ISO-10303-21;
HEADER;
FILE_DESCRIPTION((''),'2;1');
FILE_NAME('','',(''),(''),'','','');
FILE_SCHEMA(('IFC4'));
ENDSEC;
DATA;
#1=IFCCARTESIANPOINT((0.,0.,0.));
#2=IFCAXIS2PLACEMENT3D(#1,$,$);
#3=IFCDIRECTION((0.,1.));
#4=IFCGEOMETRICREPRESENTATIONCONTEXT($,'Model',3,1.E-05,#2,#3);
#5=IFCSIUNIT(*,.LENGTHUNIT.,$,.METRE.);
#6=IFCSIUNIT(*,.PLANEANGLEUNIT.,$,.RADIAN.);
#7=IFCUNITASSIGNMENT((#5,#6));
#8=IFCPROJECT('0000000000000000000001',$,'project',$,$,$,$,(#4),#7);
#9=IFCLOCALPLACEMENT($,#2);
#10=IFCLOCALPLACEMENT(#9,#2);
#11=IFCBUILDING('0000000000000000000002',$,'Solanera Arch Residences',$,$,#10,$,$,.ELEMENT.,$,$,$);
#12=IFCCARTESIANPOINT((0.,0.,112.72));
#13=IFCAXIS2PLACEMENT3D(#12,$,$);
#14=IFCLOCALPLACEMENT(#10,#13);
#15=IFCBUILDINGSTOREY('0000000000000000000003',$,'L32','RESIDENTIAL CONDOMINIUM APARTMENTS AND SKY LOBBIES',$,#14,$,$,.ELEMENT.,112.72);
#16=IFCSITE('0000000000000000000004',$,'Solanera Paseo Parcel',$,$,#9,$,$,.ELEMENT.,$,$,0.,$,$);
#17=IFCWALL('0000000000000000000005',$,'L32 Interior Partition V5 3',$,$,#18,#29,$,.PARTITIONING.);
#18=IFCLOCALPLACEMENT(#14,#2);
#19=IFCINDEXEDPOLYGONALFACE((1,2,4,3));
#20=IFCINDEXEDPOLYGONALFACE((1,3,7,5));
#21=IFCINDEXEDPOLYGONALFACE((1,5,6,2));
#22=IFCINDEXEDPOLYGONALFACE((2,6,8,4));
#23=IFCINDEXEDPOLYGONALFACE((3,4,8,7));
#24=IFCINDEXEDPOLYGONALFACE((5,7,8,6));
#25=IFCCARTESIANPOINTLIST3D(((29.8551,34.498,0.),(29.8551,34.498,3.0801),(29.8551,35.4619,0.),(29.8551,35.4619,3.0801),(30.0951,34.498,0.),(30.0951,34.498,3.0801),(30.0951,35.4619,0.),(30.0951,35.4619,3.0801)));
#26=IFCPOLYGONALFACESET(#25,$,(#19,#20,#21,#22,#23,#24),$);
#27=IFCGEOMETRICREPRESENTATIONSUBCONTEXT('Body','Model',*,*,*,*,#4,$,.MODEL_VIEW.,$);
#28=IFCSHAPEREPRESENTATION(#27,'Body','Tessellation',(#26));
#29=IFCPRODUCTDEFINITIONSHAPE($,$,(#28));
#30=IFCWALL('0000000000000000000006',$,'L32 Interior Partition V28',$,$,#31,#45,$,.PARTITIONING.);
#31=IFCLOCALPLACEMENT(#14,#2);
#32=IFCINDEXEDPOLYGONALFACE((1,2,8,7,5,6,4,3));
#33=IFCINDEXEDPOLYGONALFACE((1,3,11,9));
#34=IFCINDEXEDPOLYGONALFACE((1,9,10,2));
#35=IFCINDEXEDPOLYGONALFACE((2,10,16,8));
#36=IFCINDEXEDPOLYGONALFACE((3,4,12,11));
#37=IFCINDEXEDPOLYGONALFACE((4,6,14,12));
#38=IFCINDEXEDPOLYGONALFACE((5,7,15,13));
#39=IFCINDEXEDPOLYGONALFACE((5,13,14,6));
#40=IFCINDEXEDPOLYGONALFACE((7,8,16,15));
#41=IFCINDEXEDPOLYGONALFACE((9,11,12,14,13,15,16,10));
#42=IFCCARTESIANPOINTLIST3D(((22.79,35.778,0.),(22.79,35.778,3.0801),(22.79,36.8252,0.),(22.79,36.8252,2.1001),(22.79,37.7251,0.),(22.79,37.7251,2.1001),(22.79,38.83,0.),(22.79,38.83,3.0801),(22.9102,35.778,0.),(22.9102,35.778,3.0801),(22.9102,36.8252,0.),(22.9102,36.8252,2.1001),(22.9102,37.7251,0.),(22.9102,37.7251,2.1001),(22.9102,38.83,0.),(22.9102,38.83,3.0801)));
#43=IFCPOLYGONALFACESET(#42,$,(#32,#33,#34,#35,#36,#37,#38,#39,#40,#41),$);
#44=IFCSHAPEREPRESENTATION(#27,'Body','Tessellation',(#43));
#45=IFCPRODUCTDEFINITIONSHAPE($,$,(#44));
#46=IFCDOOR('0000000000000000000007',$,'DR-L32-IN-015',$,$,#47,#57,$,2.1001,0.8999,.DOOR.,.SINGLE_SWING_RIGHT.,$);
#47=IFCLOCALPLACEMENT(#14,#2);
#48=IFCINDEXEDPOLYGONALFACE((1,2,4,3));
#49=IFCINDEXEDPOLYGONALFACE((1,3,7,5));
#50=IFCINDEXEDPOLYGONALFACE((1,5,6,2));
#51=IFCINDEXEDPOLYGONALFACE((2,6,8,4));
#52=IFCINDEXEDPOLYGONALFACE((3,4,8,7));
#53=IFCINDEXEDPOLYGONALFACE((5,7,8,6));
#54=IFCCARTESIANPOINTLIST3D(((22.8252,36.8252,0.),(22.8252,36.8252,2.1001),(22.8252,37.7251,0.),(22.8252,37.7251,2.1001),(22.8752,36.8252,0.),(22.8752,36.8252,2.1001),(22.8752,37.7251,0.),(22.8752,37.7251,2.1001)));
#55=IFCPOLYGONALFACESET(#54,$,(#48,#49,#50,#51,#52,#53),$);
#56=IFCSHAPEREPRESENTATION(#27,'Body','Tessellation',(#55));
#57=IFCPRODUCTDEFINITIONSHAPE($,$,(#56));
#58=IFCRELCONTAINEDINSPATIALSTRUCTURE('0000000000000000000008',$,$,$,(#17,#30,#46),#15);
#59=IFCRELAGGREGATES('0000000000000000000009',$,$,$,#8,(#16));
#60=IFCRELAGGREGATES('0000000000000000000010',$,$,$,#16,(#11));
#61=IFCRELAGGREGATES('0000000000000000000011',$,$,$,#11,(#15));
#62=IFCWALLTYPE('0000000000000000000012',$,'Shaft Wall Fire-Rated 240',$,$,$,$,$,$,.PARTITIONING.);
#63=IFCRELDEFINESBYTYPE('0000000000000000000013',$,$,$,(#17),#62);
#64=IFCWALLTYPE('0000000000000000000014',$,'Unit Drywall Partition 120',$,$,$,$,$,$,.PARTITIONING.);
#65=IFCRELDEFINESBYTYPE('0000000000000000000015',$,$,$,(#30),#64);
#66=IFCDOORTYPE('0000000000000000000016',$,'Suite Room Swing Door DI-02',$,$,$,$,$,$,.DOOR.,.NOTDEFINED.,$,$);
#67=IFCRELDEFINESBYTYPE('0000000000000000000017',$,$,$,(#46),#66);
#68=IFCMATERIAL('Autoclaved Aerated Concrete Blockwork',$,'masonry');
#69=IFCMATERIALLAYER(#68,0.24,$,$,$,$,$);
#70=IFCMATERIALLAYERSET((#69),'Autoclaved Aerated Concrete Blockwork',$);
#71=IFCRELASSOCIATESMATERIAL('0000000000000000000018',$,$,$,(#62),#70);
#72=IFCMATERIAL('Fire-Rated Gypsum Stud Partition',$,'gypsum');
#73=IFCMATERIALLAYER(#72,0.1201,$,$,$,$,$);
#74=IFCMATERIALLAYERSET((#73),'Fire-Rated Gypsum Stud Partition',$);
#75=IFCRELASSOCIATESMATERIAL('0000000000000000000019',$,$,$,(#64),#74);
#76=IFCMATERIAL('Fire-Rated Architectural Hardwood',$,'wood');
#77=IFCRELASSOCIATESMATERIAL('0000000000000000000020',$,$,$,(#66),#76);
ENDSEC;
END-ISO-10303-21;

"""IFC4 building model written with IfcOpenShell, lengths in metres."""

from ifc_helpers import new_model, si_unit, direction, frame, frame_2d, origin, place, context, subcontext, project, spatial, rectangle, extrude, material, layer, layer_set, type_object, element, fill, save


model = new_model("IFC4")

# Units and contexts
model_context = context("Model", 3, precision=1e-05, world=origin(), true_north=direction((0.0, 1.0)))
body_context = subcontext(model_context, "Body", "Model", "MODEL_VIEW")
ifc_project = project(units=[si_unit("LENGTHUNIT", "METRE"), si_unit("PLANEANGLEUNIT", "RADIAN")], contexts=[model_context])

# Site, building, storey
site_placement = place(None, origin())
site = spatial("IfcSite", under=ifc_project, at=site_placement, Name="Solanera Paseo Parcel", CompositionType="ELEMENT", RefElevation=0.0)
building_placement = place(site_placement, origin())
building = spatial("IfcBuilding", under=site, at=building_placement, Name="Solanera Arch Residences", CompositionType="ELEMENT")
storey_placement = place(building_placement, frame((0.0, 0.0, 112.72)))
storey = spatial("IfcBuildingStorey", under=building, at=storey_placement, Name="L32", Description="RESIDENTIAL CONDOMINIUM APARTMENTS AND SKY LOBBIES", CompositionType="ELEMENT", Elevation=112.72)

# Shared definitions
ifc_material_1 = material(Name="Autoclaved Aerated Concrete Blockwork", Category="masonry")
ifc_layer_1 = layer(ifc_material_1, 0.24)
ifc_layer_set_1 = layer_set([ifc_layer_1], Name="Autoclaved Aerated Concrete Blockwork")
wall_type_1 = type_object("IfcWallType", Name="Shaft Wall Fire-Rated 240", PredefinedType="PARTITIONING", material=ifc_layer_set_1)

# Wall
wall_1_placement = place(storey_placement, frame((29.9751, 34.498, 0.0), z_axis=(0.0, 0.0, 1.0), x_axis=(0.0, 1.0, 0.0)))
element("IfcWall", 1, at=wall_1_placement, inside=storey, type_object=wall_type_1, Name="L32 Interior Partition V5 3", PredefinedType="PARTITIONING", context=body_context, shape_type="SweptSolid", body=[
    extrude(rectangle(XDim=0.9639, YDim=0.24, at=frame_2d((0.4819, 0.0))), origin(), (0.0, 0.0, 1.0), 3.0801),
])

# Wall, opening, door
ifc_material_2 = material(Name="Fire-Rated Gypsum Stud Partition", Category="gypsum")
ifc_layer_2 = layer(ifc_material_2, 0.1201)
ifc_layer_set_2 = layer_set([ifc_layer_2], Name="Fire-Rated Gypsum Stud Partition")
wall_type_2 = type_object("IfcWallType", Name="Unit Drywall Partition 120", PredefinedType="PARTITIONING", material=ifc_layer_set_2)
wall_2_placement = place(storey_placement, frame((22.8501, 35.7781, 0.0), z_axis=(0.0, 0.0, 1.0), x_axis=(0.0, 1.0, 0.0)))
wall_2 = element("IfcWall", 2, at=wall_2_placement, inside=storey, type_object=wall_type_2, Name="L32 Interior Partition V28", PredefinedType="PARTITIONING", context=body_context, shape_type="SweptSolid", body=[
    extrude(rectangle(XDim=3.052, YDim=0.1201, at=frame_2d((1.5259, 0.0))), origin(), (0.0, 0.0, 1.0), 3.0801),
])
opening_1_placement = place(wall_2_placement, frame((1.0471, 0.0, 0.0)))
opening_1 = element("IfcOpeningElement", 3, at=opening_1_placement, cuts=wall_2, PredefinedType="OPENING", context=body_context, shape_type="SweptSolid", body=[
    extrude(rectangle(XDim=0.8999, YDim=2.1001, at=frame_2d((0.45, 1.05))), frame((0.0, 0.0701, 0.0), z_axis=(0.0, -1.0, 0.0), x_axis=(1.0, 0.0, 0.0)), (0.0, 0.0, 1.0), 0.1401),
])
ifc_material_3 = material(Name="Fire-Rated Architectural Hardwood", Category="wood")
door_type_1 = type_object("IfcDoorType", Name="Suite Room Swing Door DI-02", OperationType="NOTDEFINED", PredefinedType="DOOR", material=ifc_material_3)
door_1_placement = place(opening_1_placement, origin())
door_1 = element("IfcDoor", 4, at=door_1_placement, inside=storey, type_object=door_type_1, Name="DR-L32-IN-015", OperationType="SINGLE_SWING_RIGHT", OverallHeight=2.1001, OverallWidth=0.8999, PredefinedType="DOOR", context=body_context, shape_type="SweptSolid", body=[
    extrude(rectangle(XDim=0.8999, YDim=2.1001, at=frame_2d((0.45, 1.05))), frame((0.0, 0.0249, 0.0), z_axis=(0.0, -1.0, 0.0), x_axis=(1.0, 0.0, 0.0)), (0.0, 0.0, 1.0), 0.05),
])
fill(opening_1, door_1)

save(model, "model.ifc")
